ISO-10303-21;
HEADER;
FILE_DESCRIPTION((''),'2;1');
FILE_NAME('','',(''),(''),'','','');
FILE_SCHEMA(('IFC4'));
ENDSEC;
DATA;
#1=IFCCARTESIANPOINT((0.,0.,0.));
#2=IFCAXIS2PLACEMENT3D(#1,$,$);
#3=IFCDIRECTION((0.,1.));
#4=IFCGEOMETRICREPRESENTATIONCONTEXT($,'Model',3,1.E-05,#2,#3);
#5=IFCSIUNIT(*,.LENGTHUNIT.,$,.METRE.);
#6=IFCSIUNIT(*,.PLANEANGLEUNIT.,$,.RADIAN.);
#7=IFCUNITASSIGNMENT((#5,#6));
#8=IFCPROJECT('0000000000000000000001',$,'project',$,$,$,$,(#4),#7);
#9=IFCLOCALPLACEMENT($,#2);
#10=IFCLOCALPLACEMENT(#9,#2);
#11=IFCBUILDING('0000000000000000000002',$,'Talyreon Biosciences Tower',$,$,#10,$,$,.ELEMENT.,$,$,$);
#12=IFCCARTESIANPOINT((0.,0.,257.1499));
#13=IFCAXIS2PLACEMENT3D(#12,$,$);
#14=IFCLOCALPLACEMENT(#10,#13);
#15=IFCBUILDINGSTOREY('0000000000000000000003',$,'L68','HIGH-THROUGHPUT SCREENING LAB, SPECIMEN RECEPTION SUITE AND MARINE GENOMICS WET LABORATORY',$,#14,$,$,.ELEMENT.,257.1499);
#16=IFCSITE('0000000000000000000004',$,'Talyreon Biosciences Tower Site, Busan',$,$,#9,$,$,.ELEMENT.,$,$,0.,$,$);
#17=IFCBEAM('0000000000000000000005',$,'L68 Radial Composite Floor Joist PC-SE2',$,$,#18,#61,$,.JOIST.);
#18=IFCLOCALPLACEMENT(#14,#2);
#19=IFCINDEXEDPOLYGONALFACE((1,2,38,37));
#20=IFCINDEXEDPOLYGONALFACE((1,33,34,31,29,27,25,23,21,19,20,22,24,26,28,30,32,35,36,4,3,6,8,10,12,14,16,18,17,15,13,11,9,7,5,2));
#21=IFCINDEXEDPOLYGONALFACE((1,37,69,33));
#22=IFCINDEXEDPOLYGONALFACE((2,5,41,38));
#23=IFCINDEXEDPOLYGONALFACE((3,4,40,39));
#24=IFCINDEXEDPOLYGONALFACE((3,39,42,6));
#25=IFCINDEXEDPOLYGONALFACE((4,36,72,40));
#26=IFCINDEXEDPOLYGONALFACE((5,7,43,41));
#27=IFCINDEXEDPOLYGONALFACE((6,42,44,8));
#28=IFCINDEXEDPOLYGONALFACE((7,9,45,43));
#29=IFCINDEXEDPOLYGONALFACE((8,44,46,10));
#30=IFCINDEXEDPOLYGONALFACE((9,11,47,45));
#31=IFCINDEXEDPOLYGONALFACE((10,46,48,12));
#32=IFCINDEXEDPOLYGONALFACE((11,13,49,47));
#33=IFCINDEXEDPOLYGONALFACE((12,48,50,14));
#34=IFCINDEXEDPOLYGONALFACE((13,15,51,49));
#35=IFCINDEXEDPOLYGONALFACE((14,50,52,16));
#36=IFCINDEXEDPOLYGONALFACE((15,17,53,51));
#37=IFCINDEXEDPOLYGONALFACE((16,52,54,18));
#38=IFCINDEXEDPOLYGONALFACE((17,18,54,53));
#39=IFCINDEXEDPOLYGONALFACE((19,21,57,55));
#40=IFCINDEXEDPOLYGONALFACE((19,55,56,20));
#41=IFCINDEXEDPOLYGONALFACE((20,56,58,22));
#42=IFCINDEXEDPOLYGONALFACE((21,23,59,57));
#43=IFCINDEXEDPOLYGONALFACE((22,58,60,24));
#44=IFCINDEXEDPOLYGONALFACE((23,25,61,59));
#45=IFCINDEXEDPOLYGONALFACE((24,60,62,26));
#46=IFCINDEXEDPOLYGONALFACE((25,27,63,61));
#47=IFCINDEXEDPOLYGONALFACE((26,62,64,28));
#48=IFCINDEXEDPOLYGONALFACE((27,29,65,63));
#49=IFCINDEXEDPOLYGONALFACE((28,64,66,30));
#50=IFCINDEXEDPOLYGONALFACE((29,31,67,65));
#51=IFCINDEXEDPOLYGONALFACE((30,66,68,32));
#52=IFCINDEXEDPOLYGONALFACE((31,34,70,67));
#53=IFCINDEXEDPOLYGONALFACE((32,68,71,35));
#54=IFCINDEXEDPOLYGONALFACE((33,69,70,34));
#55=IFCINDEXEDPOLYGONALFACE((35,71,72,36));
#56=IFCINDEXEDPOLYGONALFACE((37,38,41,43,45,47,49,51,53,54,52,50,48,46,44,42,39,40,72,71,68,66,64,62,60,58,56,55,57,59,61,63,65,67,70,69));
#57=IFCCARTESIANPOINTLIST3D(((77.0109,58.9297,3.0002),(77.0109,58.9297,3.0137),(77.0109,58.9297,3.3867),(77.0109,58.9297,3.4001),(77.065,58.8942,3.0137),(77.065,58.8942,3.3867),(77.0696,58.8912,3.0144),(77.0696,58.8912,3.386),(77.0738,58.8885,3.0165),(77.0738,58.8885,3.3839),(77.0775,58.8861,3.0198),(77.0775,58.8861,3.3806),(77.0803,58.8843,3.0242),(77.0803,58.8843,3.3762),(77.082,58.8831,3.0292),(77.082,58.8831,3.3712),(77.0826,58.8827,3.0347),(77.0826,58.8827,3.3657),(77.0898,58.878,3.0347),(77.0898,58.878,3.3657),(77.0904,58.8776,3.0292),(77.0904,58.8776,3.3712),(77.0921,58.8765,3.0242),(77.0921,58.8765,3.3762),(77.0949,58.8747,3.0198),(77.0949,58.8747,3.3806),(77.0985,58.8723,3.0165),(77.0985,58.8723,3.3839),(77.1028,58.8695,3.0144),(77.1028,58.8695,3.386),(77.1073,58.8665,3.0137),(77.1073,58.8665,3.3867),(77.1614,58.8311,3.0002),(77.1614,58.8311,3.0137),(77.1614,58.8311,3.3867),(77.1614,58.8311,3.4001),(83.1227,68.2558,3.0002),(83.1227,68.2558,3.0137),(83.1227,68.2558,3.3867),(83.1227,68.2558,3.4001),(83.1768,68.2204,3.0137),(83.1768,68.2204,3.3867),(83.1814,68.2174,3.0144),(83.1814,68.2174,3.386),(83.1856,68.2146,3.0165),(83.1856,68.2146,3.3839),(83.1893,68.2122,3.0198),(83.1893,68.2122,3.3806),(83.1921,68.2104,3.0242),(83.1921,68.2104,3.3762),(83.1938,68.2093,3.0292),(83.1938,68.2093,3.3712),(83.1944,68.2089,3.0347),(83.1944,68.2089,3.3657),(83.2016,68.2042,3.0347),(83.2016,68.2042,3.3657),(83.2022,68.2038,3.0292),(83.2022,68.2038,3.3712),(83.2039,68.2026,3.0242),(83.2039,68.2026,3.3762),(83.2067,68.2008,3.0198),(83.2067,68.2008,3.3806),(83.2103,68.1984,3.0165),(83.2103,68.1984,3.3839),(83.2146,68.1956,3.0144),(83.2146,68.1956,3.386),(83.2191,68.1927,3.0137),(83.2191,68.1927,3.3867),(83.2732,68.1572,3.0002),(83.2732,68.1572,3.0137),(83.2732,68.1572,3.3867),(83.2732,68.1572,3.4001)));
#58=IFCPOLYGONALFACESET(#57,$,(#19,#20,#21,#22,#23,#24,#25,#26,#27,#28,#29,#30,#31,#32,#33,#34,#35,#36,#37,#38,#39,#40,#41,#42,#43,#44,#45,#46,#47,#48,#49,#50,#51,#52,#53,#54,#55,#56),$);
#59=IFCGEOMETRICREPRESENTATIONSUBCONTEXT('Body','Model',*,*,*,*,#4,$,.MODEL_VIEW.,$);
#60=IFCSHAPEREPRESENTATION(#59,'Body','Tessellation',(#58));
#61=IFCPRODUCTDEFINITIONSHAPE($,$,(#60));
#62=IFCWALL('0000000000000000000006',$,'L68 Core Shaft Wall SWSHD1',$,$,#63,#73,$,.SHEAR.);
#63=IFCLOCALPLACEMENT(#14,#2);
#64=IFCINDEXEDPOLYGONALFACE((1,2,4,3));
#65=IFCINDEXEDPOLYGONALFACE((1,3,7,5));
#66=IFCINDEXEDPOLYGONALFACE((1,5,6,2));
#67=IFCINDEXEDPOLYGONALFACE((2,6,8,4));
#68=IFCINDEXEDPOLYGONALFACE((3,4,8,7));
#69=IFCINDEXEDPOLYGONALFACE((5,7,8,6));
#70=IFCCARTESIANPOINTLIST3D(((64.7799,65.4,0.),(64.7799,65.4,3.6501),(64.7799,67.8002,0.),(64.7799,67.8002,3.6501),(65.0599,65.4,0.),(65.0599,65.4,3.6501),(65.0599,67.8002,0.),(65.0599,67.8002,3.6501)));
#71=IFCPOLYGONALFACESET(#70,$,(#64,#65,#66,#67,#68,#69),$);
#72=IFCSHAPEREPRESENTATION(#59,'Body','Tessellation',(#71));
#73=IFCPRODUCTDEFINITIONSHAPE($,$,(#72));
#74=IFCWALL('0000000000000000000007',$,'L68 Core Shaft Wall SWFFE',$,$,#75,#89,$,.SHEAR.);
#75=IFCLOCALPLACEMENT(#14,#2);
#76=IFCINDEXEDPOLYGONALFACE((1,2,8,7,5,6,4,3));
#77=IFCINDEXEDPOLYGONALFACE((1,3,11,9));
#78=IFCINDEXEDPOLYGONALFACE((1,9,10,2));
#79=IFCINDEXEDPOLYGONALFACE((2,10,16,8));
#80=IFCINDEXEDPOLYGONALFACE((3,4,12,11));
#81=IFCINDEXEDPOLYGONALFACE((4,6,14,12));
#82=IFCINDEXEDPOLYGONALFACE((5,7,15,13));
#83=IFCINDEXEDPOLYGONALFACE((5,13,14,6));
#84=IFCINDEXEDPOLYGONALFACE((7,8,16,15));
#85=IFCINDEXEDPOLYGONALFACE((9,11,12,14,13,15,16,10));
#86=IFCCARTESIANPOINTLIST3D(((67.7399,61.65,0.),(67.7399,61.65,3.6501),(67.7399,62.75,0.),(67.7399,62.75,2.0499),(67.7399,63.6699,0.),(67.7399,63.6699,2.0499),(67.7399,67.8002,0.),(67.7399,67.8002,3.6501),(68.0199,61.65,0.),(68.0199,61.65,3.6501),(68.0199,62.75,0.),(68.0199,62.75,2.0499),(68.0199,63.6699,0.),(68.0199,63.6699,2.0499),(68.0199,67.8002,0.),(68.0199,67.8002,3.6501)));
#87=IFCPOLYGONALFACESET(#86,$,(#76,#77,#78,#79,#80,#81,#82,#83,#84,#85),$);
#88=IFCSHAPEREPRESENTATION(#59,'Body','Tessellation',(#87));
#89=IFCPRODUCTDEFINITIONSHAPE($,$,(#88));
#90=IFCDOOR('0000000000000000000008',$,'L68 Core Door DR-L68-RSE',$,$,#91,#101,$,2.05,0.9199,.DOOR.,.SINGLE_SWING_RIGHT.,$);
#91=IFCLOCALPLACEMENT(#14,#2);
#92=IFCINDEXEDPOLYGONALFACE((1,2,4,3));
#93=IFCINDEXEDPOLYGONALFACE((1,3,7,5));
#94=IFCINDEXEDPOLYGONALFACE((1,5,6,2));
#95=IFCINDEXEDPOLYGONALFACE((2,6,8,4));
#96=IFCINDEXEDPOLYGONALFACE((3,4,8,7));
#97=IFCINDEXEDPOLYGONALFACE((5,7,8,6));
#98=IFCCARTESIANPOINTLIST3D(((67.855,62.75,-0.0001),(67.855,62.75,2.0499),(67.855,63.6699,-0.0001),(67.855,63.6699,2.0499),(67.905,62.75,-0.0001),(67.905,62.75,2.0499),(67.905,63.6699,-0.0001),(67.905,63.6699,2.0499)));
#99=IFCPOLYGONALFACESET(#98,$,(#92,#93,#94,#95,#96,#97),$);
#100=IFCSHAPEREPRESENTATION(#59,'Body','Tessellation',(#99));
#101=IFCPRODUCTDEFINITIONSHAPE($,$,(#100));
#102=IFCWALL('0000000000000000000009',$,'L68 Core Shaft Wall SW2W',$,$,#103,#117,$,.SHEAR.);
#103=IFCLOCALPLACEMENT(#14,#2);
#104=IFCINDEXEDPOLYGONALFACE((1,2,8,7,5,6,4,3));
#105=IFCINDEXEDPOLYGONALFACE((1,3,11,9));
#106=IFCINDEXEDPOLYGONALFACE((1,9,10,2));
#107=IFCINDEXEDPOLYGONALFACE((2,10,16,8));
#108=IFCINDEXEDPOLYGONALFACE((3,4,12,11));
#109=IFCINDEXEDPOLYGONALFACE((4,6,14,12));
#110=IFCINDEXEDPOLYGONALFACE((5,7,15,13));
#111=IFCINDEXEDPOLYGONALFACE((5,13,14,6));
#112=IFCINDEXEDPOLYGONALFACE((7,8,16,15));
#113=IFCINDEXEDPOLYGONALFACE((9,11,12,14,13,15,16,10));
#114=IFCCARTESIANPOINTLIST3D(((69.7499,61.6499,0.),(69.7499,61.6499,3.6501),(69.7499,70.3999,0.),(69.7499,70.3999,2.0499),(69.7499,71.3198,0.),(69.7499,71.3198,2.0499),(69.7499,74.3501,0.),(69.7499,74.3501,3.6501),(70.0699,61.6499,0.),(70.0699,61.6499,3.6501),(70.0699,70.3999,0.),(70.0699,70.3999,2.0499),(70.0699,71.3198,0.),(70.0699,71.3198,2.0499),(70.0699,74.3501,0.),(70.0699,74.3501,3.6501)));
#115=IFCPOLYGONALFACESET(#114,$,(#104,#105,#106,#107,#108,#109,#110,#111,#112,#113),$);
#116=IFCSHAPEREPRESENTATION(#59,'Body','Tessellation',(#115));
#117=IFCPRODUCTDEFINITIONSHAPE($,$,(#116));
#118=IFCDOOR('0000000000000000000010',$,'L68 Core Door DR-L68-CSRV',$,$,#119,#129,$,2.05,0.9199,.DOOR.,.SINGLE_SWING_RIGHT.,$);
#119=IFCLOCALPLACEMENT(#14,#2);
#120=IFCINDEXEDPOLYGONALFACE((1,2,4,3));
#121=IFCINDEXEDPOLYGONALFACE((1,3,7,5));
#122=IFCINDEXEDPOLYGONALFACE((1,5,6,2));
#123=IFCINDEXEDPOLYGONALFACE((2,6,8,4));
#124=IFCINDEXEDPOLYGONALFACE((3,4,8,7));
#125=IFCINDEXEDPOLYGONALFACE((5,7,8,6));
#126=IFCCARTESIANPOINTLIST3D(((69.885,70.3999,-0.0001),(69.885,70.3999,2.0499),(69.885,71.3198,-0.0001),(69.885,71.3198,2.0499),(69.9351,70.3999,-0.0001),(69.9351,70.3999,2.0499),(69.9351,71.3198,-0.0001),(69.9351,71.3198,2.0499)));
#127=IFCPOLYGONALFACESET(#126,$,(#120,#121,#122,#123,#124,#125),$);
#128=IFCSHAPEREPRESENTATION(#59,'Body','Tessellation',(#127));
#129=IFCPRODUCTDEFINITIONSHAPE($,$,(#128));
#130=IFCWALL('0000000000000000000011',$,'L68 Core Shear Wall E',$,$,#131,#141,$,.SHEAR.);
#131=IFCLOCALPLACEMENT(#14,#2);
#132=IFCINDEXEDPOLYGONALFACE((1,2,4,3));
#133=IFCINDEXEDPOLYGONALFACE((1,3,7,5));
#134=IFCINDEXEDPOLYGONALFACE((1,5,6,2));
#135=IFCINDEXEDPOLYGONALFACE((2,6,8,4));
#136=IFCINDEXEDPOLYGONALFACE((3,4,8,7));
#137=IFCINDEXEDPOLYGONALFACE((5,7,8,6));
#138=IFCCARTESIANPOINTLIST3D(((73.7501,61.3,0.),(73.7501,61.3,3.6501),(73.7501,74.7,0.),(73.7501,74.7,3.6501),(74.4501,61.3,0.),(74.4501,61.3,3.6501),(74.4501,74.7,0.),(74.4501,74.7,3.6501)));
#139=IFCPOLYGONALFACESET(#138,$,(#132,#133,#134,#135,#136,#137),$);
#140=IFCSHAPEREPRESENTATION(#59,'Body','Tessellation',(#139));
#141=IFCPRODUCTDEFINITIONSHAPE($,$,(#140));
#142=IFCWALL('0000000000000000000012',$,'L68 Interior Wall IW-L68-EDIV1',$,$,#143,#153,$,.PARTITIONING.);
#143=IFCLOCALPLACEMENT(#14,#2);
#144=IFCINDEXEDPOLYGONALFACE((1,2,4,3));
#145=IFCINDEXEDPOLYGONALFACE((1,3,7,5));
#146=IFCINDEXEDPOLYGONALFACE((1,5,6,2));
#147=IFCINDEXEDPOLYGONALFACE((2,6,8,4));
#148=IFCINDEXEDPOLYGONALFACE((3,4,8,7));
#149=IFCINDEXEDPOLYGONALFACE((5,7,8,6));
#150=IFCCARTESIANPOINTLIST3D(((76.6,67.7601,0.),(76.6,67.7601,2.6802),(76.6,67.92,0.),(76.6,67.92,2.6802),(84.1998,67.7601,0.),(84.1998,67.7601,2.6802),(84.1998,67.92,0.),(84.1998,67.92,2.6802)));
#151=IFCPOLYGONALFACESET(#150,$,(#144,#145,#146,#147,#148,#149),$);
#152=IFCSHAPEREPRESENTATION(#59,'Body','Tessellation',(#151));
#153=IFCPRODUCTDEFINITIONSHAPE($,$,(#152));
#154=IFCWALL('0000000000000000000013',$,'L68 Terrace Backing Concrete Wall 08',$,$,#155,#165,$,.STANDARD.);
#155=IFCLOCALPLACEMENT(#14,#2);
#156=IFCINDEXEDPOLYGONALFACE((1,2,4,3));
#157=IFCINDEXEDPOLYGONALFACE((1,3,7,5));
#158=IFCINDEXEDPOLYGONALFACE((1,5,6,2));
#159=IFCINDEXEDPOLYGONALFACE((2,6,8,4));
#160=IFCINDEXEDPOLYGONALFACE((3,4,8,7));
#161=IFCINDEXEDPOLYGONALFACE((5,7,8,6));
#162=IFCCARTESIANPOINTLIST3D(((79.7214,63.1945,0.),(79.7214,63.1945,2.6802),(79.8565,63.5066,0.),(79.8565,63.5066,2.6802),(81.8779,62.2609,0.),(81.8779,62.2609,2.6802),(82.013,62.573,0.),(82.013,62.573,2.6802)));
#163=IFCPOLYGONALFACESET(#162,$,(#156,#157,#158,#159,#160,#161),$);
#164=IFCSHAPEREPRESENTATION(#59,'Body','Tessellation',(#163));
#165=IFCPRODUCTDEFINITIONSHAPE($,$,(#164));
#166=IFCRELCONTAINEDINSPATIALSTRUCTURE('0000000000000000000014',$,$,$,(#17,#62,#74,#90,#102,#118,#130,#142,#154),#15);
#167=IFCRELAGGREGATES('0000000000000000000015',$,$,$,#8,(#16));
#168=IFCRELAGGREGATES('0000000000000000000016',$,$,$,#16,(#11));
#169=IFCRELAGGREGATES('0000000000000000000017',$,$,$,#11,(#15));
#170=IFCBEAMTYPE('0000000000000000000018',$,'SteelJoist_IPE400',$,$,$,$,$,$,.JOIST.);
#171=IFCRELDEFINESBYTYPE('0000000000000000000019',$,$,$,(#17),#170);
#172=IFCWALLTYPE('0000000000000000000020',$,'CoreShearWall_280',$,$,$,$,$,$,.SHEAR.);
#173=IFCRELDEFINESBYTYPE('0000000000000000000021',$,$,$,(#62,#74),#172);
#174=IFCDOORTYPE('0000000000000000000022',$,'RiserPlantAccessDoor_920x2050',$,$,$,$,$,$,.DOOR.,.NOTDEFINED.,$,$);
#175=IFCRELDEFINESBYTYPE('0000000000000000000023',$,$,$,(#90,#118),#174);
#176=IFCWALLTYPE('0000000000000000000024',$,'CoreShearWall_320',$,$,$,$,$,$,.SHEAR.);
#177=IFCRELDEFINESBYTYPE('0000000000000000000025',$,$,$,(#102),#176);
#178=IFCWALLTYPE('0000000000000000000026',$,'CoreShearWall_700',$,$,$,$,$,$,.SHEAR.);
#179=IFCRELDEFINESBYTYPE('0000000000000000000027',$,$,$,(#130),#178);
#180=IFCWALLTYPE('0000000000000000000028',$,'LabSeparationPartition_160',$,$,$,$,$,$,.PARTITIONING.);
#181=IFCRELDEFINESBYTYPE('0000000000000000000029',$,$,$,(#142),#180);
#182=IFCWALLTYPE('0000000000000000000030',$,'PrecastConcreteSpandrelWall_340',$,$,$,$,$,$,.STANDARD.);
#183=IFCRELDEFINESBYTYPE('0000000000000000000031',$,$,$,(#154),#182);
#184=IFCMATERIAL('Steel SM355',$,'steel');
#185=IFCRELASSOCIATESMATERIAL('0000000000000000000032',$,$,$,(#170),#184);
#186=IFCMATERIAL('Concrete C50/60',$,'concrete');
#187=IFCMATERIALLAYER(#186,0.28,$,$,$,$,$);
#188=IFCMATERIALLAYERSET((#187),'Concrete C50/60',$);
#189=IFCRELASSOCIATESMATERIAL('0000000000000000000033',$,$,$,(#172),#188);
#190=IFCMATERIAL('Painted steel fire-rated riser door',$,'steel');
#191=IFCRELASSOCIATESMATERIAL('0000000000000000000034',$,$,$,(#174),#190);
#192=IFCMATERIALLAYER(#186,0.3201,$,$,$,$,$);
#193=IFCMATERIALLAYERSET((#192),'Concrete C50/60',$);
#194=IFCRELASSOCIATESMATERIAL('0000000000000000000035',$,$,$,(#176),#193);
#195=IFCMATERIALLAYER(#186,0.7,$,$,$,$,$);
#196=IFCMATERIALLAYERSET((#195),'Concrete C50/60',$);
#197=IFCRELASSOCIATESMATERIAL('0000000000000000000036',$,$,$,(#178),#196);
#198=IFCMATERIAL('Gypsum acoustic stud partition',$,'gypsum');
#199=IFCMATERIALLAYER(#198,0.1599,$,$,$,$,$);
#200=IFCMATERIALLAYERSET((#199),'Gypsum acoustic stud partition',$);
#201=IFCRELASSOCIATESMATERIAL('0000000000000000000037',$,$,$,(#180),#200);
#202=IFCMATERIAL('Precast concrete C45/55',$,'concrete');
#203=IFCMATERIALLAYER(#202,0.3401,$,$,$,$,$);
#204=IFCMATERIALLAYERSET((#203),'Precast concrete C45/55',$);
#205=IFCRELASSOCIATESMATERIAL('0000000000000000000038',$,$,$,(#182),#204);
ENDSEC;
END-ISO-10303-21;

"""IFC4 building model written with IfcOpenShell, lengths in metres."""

from ifc_helpers import new_model, si_unit, direction, frame, frame_2d, origin, origin_2d, place, context, subcontext, project, spatial, rectangle, i_section, extrude, material, layer, layer_set, material_profile, profile_set, type_object, element, fill, save


model = new_model("IFC4")

# Units and contexts
model_context = context("Model", 3, precision=1e-05, world=origin(), true_north=direction((0.0, 1.0)))
body_context = subcontext(model_context, "Body", "Model", "MODEL_VIEW")
ifc_project = project(units=[si_unit("LENGTHUNIT", "METRE"), si_unit("PLANEANGLEUNIT", "RADIAN")], contexts=[model_context])

# Site, building, storey
site_placement = place(None, origin())
site = spatial("IfcSite", under=ifc_project, at=site_placement, Name="Talyreon Biosciences Tower Site, Busan", CompositionType="ELEMENT", RefElevation=0.0)
building_placement = place(site_placement, origin())
building = spatial("IfcBuilding", under=site, at=building_placement, Name="Talyreon Biosciences Tower", CompositionType="ELEMENT")
storey_placement = place(building_placement, frame((0.0, 0.0, 257.1499)))
storey = spatial("IfcBuildingStorey", under=building, at=storey_placement, Name="L68", Description="HIGH-THROUGHPUT SCREENING LAB, SPECIMEN RECEPTION SUITE AND MARINE GENOMICS WET LABORATORY", CompositionType="ELEMENT", Elevation=257.1499)

# Shared definitions
ifc_material_1 = material(Name="Concrete C50/60", Category="concrete")

# Beam
ifc_material_2 = material(Name="Steel SM355", Category="steel")
ifc_material_profile_1 = material_profile(ifc_material_2, i_section(OverallWidth=0.1799, OverallDepth=0.3999, WebThickness=0.0085, FlangeThickness=0.0134, FilletRadius=0.021, at=origin_2d()), Name="IPE400")
ifc_profile_set_1 = profile_set([ifc_material_profile_1], Name="Steel SM355")
beam_type_1 = type_object("IfcBeamType", Name="SteelJoist_IPE400", PredefinedType="JOIST", material=ifc_profile_set_1)
beam_1_placement = place(storey_placement, frame((77.0862, 58.8804, 3.2002), z_axis=(0.548125, 0.836397, 0.0), x_axis=(-0.836397, 0.548125, 0.0)))
element("IfcBeam", 1, at=beam_1_placement, inside=storey, type_object=beam_type_1, Name="L68 Radial Composite Floor Joist PC-SE2", PredefinedType="JOIST", context=body_context, shape_type="SweptSolid", body=[
    extrude(i_section(OverallWidth=0.1799, OverallDepth=0.3999, WebThickness=0.0085, FlangeThickness=0.0134, FilletRadius=0.021, at=origin_2d()), origin(), (0.0, 0.0, 1.0), 11.1504),
])

# Wall
ifc_layer_1 = layer(ifc_material_1, 0.28)
ifc_layer_set_1 = layer_set([ifc_layer_1], Name="Concrete C50/60")
wall_type_1 = type_object("IfcWallType", Name="CoreShearWall_280", PredefinedType="SHEAR", material=ifc_layer_set_1)
wall_1_placement = place(storey_placement, frame((64.9199, 65.3999, 0.0), z_axis=(0.0, 0.0, 1.0), x_axis=(0.0, 1.0, 0.0)))
element("IfcWall", 2, at=wall_1_placement, inside=storey, type_object=wall_type_1, Name="L68 Core Shaft Wall SWSHD1", PredefinedType="SHEAR", context=body_context, shape_type="SweptSolid", body=[
    extrude(rectangle(XDim=2.4001, YDim=0.28, at=frame_2d((1.2002, 0.0))), origin(), (0.0, 0.0, 1.0), 3.6501),
])

# Walls, openings, doors
wall_2_placement = place(storey_placement, frame((67.8799, 61.6499, 0.0), z_axis=(0.0, 0.0, 1.0), x_axis=(0.0, 1.0, 0.0)))
wall_2 = element("IfcWall", 3, at=wall_2_placement, inside=storey, type_object=wall_type_1, Name="L68 Core Shaft Wall SWFFE", PredefinedType="SHEAR", context=body_context, shape_type="SweptSolid", body=[
    extrude(rectangle(XDim=6.1501, YDim=0.28, at=frame_2d((3.0752, 0.0))), origin(), (0.0, 0.0, 1.0), 3.6501),
])
opening_1_placement = place(wall_2_placement, frame((1.1001, 0.0, 0.0)))
opening_1 = element("IfcOpeningElement", 4, at=opening_1_placement, cuts=wall_2, PredefinedType="OPENING", context=body_context, shape_type="SweptSolid", body=[
    extrude(rectangle(XDim=0.9199, YDim=2.05, at=frame_2d((0.46, 1.0249))), frame((0.0, 0.1499, 0.0), z_axis=(0.0, -1.0, 0.0), x_axis=(1.0, 0.0, 0.0)), (0.0, 0.0, 1.0), 0.3),
])
ifc_material_3 = material(Name="Painted steel fire-rated riser door", Category="steel")
door_type = type_object("IfcDoorType", Name="RiserPlantAccessDoor_920x2050", OperationType="NOTDEFINED", PredefinedType="DOOR", material=ifc_material_3)
door_1_placement = place(opening_1_placement, origin())
door_1 = element("IfcDoor", 5, at=door_1_placement, inside=storey, type_object=door_type, Name="L68 Core Door DR-L68-RSE", OperationType="SINGLE_SWING_RIGHT", OverallHeight=2.05, OverallWidth=0.9199, PredefinedType="DOOR", context=body_context, shape_type="SweptSolid", body=[
    extrude(rectangle(XDim=0.9199, YDim=2.05, at=frame_2d((0.46, 1.0249))), frame((0.0, 0.0249, 0.0), z_axis=(0.0, -1.0, 0.0), x_axis=(1.0, 0.0, 0.0)), (0.0, 0.0, 1.0), 0.05),
])
fill(opening_1, door_1)
ifc_layer_2 = layer(ifc_material_1, 0.3201)
ifc_layer_set_2 = layer_set([ifc_layer_2], Name="Concrete C50/60")
wall_type_2 = type_object("IfcWallType", Name="CoreShearWall_320", PredefinedType="SHEAR", material=ifc_layer_set_2)
wall_3_placement = place(storey_placement, frame((69.9099, 61.6499, 0.0), z_axis=(0.0, 0.0, 1.0), x_axis=(0.0, 1.0, 0.0)))
wall_3 = element("IfcWall", 6, at=wall_3_placement, inside=storey, type_object=wall_type_2, Name="L68 Core Shaft Wall SW2W", PredefinedType="SHEAR", context=body_context, shape_type="SweptSolid", body=[
    extrude(rectangle(XDim=12.7002, YDim=0.3201, at=frame_2d((6.3501, 0.0))), origin(), (0.0, 0.0, 1.0), 3.6501),
])
opening_2_placement = place(wall_3_placement, frame((8.75, 0.0, 0.0)))
opening_2 = element("IfcOpeningElement", 7, at=opening_2_placement, cuts=wall_3, PredefinedType="OPENING", context=body_context, shape_type="SweptSolid", body=[
    extrude(rectangle(XDim=0.9199, YDim=2.05, at=frame_2d((0.46, 1.0249))), frame((0.0, 0.1699, 0.0), z_axis=(0.0, -1.0, 0.0), x_axis=(1.0, 0.0, 0.0)), (0.0, 0.0, 1.0), 0.3401),
])
door_2_placement = place(opening_2_placement, origin())
door_2 = element("IfcDoor", 8, at=door_2_placement, inside=storey, type_object=door_type, Name="L68 Core Door DR-L68-CSRV", OperationType="SINGLE_SWING_RIGHT", OverallHeight=2.05, OverallWidth=0.9199, PredefinedType="DOOR", context=body_context, shape_type="SweptSolid", body=[
    extrude(rectangle(XDim=0.9199, YDim=2.05, at=frame_2d((0.46, 1.0249))), frame((0.0, 0.0249, 0.0), z_axis=(0.0, -1.0, 0.0), x_axis=(1.0, 0.0, 0.0)), (0.0, 0.0, 1.0), 0.05),
])
fill(opening_2, door_2)

# Walls
ifc_layer_3 = layer(ifc_material_1, 0.7)
ifc_layer_set_3 = layer_set([ifc_layer_3], Name="Concrete C50/60")
wall_type_3 = type_object("IfcWallType", Name="CoreShearWall_700", PredefinedType="SHEAR", material=ifc_layer_set_3)
wall_4_placement = place(storey_placement, frame((74.1001, 61.3, 0.0), z_axis=(0.0, 0.0, 1.0), x_axis=(0.0, 1.0, 0.0)))
element("IfcWall", 9, at=wall_4_placement, inside=storey, type_object=wall_type_3, Name="L68 Core Shear Wall E", PredefinedType="SHEAR", context=body_context, shape_type="SweptSolid", body=[
    extrude(rectangle(XDim=13.3999, YDim=0.7, at=frame_2d((6.7, 0.0))), origin(), (0.0, 0.0, 1.0), 3.6501),
])
ifc_material_4 = material(Name="Gypsum acoustic stud partition", Category="gypsum")
ifc_layer_4 = layer(ifc_material_4, 0.1599)
ifc_layer_set_4 = layer_set([ifc_layer_4], Name="Gypsum acoustic stud partition")
wall_type_4 = type_object("IfcWallType", Name="LabSeparationPartition_160", PredefinedType="PARTITIONING", material=ifc_layer_set_4)
wall_5_placement = place(storey_placement, frame((76.6001, 67.8401, 0.0), z_axis=(0.0, 0.0, 1.0), x_axis=(1.0, 0.0, 0.0)))
element("IfcWall", 10, at=wall_5_placement, inside=storey, type_object=wall_type_4, Name="L68 Interior Wall IW-L68-EDIV1", PredefinedType="PARTITIONING", context=body_context, shape_type="SweptSolid", body=[
    extrude(rectangle(XDim=7.5999, YDim=0.1599, at=frame_2d((3.7998, 0.0))), origin(), (0.0, 0.0, 1.0), 2.6802),
])
ifc_material_5 = material(Name="Precast concrete C45/55", Category="concrete")
ifc_layer_5 = layer(ifc_material_5, 0.3401)
ifc_layer_set_5 = layer_set([ifc_layer_5], Name="Precast concrete C45/55")
wall_type_5 = type_object("IfcWallType", Name="PrecastConcreteSpandrelWall_340", PredefinedType="STANDARD", material=ifc_layer_set_5)
wall_6_placement = place(storey_placement, frame((81.9453, 62.417, 0.0), z_axis=(0.0, 0.0, 1.0), x_axis=(-0.917693, 0.39729, 0.0)))
element("IfcWall", 11, at=wall_6_placement, inside=storey, type_object=wall_type_5, Name="L68 Terrace Backing Concrete Wall 08", PredefinedType="STANDARD", context=body_context, shape_type="SweptSolid", body=[
    extrude(rectangle(XDim=2.3499, YDim=0.3401, at=frame_2d((1.1748, 0.0))), origin(), (0.0, 0.0, 1.0), 2.6802),
])

save(model, "model.ifc")
